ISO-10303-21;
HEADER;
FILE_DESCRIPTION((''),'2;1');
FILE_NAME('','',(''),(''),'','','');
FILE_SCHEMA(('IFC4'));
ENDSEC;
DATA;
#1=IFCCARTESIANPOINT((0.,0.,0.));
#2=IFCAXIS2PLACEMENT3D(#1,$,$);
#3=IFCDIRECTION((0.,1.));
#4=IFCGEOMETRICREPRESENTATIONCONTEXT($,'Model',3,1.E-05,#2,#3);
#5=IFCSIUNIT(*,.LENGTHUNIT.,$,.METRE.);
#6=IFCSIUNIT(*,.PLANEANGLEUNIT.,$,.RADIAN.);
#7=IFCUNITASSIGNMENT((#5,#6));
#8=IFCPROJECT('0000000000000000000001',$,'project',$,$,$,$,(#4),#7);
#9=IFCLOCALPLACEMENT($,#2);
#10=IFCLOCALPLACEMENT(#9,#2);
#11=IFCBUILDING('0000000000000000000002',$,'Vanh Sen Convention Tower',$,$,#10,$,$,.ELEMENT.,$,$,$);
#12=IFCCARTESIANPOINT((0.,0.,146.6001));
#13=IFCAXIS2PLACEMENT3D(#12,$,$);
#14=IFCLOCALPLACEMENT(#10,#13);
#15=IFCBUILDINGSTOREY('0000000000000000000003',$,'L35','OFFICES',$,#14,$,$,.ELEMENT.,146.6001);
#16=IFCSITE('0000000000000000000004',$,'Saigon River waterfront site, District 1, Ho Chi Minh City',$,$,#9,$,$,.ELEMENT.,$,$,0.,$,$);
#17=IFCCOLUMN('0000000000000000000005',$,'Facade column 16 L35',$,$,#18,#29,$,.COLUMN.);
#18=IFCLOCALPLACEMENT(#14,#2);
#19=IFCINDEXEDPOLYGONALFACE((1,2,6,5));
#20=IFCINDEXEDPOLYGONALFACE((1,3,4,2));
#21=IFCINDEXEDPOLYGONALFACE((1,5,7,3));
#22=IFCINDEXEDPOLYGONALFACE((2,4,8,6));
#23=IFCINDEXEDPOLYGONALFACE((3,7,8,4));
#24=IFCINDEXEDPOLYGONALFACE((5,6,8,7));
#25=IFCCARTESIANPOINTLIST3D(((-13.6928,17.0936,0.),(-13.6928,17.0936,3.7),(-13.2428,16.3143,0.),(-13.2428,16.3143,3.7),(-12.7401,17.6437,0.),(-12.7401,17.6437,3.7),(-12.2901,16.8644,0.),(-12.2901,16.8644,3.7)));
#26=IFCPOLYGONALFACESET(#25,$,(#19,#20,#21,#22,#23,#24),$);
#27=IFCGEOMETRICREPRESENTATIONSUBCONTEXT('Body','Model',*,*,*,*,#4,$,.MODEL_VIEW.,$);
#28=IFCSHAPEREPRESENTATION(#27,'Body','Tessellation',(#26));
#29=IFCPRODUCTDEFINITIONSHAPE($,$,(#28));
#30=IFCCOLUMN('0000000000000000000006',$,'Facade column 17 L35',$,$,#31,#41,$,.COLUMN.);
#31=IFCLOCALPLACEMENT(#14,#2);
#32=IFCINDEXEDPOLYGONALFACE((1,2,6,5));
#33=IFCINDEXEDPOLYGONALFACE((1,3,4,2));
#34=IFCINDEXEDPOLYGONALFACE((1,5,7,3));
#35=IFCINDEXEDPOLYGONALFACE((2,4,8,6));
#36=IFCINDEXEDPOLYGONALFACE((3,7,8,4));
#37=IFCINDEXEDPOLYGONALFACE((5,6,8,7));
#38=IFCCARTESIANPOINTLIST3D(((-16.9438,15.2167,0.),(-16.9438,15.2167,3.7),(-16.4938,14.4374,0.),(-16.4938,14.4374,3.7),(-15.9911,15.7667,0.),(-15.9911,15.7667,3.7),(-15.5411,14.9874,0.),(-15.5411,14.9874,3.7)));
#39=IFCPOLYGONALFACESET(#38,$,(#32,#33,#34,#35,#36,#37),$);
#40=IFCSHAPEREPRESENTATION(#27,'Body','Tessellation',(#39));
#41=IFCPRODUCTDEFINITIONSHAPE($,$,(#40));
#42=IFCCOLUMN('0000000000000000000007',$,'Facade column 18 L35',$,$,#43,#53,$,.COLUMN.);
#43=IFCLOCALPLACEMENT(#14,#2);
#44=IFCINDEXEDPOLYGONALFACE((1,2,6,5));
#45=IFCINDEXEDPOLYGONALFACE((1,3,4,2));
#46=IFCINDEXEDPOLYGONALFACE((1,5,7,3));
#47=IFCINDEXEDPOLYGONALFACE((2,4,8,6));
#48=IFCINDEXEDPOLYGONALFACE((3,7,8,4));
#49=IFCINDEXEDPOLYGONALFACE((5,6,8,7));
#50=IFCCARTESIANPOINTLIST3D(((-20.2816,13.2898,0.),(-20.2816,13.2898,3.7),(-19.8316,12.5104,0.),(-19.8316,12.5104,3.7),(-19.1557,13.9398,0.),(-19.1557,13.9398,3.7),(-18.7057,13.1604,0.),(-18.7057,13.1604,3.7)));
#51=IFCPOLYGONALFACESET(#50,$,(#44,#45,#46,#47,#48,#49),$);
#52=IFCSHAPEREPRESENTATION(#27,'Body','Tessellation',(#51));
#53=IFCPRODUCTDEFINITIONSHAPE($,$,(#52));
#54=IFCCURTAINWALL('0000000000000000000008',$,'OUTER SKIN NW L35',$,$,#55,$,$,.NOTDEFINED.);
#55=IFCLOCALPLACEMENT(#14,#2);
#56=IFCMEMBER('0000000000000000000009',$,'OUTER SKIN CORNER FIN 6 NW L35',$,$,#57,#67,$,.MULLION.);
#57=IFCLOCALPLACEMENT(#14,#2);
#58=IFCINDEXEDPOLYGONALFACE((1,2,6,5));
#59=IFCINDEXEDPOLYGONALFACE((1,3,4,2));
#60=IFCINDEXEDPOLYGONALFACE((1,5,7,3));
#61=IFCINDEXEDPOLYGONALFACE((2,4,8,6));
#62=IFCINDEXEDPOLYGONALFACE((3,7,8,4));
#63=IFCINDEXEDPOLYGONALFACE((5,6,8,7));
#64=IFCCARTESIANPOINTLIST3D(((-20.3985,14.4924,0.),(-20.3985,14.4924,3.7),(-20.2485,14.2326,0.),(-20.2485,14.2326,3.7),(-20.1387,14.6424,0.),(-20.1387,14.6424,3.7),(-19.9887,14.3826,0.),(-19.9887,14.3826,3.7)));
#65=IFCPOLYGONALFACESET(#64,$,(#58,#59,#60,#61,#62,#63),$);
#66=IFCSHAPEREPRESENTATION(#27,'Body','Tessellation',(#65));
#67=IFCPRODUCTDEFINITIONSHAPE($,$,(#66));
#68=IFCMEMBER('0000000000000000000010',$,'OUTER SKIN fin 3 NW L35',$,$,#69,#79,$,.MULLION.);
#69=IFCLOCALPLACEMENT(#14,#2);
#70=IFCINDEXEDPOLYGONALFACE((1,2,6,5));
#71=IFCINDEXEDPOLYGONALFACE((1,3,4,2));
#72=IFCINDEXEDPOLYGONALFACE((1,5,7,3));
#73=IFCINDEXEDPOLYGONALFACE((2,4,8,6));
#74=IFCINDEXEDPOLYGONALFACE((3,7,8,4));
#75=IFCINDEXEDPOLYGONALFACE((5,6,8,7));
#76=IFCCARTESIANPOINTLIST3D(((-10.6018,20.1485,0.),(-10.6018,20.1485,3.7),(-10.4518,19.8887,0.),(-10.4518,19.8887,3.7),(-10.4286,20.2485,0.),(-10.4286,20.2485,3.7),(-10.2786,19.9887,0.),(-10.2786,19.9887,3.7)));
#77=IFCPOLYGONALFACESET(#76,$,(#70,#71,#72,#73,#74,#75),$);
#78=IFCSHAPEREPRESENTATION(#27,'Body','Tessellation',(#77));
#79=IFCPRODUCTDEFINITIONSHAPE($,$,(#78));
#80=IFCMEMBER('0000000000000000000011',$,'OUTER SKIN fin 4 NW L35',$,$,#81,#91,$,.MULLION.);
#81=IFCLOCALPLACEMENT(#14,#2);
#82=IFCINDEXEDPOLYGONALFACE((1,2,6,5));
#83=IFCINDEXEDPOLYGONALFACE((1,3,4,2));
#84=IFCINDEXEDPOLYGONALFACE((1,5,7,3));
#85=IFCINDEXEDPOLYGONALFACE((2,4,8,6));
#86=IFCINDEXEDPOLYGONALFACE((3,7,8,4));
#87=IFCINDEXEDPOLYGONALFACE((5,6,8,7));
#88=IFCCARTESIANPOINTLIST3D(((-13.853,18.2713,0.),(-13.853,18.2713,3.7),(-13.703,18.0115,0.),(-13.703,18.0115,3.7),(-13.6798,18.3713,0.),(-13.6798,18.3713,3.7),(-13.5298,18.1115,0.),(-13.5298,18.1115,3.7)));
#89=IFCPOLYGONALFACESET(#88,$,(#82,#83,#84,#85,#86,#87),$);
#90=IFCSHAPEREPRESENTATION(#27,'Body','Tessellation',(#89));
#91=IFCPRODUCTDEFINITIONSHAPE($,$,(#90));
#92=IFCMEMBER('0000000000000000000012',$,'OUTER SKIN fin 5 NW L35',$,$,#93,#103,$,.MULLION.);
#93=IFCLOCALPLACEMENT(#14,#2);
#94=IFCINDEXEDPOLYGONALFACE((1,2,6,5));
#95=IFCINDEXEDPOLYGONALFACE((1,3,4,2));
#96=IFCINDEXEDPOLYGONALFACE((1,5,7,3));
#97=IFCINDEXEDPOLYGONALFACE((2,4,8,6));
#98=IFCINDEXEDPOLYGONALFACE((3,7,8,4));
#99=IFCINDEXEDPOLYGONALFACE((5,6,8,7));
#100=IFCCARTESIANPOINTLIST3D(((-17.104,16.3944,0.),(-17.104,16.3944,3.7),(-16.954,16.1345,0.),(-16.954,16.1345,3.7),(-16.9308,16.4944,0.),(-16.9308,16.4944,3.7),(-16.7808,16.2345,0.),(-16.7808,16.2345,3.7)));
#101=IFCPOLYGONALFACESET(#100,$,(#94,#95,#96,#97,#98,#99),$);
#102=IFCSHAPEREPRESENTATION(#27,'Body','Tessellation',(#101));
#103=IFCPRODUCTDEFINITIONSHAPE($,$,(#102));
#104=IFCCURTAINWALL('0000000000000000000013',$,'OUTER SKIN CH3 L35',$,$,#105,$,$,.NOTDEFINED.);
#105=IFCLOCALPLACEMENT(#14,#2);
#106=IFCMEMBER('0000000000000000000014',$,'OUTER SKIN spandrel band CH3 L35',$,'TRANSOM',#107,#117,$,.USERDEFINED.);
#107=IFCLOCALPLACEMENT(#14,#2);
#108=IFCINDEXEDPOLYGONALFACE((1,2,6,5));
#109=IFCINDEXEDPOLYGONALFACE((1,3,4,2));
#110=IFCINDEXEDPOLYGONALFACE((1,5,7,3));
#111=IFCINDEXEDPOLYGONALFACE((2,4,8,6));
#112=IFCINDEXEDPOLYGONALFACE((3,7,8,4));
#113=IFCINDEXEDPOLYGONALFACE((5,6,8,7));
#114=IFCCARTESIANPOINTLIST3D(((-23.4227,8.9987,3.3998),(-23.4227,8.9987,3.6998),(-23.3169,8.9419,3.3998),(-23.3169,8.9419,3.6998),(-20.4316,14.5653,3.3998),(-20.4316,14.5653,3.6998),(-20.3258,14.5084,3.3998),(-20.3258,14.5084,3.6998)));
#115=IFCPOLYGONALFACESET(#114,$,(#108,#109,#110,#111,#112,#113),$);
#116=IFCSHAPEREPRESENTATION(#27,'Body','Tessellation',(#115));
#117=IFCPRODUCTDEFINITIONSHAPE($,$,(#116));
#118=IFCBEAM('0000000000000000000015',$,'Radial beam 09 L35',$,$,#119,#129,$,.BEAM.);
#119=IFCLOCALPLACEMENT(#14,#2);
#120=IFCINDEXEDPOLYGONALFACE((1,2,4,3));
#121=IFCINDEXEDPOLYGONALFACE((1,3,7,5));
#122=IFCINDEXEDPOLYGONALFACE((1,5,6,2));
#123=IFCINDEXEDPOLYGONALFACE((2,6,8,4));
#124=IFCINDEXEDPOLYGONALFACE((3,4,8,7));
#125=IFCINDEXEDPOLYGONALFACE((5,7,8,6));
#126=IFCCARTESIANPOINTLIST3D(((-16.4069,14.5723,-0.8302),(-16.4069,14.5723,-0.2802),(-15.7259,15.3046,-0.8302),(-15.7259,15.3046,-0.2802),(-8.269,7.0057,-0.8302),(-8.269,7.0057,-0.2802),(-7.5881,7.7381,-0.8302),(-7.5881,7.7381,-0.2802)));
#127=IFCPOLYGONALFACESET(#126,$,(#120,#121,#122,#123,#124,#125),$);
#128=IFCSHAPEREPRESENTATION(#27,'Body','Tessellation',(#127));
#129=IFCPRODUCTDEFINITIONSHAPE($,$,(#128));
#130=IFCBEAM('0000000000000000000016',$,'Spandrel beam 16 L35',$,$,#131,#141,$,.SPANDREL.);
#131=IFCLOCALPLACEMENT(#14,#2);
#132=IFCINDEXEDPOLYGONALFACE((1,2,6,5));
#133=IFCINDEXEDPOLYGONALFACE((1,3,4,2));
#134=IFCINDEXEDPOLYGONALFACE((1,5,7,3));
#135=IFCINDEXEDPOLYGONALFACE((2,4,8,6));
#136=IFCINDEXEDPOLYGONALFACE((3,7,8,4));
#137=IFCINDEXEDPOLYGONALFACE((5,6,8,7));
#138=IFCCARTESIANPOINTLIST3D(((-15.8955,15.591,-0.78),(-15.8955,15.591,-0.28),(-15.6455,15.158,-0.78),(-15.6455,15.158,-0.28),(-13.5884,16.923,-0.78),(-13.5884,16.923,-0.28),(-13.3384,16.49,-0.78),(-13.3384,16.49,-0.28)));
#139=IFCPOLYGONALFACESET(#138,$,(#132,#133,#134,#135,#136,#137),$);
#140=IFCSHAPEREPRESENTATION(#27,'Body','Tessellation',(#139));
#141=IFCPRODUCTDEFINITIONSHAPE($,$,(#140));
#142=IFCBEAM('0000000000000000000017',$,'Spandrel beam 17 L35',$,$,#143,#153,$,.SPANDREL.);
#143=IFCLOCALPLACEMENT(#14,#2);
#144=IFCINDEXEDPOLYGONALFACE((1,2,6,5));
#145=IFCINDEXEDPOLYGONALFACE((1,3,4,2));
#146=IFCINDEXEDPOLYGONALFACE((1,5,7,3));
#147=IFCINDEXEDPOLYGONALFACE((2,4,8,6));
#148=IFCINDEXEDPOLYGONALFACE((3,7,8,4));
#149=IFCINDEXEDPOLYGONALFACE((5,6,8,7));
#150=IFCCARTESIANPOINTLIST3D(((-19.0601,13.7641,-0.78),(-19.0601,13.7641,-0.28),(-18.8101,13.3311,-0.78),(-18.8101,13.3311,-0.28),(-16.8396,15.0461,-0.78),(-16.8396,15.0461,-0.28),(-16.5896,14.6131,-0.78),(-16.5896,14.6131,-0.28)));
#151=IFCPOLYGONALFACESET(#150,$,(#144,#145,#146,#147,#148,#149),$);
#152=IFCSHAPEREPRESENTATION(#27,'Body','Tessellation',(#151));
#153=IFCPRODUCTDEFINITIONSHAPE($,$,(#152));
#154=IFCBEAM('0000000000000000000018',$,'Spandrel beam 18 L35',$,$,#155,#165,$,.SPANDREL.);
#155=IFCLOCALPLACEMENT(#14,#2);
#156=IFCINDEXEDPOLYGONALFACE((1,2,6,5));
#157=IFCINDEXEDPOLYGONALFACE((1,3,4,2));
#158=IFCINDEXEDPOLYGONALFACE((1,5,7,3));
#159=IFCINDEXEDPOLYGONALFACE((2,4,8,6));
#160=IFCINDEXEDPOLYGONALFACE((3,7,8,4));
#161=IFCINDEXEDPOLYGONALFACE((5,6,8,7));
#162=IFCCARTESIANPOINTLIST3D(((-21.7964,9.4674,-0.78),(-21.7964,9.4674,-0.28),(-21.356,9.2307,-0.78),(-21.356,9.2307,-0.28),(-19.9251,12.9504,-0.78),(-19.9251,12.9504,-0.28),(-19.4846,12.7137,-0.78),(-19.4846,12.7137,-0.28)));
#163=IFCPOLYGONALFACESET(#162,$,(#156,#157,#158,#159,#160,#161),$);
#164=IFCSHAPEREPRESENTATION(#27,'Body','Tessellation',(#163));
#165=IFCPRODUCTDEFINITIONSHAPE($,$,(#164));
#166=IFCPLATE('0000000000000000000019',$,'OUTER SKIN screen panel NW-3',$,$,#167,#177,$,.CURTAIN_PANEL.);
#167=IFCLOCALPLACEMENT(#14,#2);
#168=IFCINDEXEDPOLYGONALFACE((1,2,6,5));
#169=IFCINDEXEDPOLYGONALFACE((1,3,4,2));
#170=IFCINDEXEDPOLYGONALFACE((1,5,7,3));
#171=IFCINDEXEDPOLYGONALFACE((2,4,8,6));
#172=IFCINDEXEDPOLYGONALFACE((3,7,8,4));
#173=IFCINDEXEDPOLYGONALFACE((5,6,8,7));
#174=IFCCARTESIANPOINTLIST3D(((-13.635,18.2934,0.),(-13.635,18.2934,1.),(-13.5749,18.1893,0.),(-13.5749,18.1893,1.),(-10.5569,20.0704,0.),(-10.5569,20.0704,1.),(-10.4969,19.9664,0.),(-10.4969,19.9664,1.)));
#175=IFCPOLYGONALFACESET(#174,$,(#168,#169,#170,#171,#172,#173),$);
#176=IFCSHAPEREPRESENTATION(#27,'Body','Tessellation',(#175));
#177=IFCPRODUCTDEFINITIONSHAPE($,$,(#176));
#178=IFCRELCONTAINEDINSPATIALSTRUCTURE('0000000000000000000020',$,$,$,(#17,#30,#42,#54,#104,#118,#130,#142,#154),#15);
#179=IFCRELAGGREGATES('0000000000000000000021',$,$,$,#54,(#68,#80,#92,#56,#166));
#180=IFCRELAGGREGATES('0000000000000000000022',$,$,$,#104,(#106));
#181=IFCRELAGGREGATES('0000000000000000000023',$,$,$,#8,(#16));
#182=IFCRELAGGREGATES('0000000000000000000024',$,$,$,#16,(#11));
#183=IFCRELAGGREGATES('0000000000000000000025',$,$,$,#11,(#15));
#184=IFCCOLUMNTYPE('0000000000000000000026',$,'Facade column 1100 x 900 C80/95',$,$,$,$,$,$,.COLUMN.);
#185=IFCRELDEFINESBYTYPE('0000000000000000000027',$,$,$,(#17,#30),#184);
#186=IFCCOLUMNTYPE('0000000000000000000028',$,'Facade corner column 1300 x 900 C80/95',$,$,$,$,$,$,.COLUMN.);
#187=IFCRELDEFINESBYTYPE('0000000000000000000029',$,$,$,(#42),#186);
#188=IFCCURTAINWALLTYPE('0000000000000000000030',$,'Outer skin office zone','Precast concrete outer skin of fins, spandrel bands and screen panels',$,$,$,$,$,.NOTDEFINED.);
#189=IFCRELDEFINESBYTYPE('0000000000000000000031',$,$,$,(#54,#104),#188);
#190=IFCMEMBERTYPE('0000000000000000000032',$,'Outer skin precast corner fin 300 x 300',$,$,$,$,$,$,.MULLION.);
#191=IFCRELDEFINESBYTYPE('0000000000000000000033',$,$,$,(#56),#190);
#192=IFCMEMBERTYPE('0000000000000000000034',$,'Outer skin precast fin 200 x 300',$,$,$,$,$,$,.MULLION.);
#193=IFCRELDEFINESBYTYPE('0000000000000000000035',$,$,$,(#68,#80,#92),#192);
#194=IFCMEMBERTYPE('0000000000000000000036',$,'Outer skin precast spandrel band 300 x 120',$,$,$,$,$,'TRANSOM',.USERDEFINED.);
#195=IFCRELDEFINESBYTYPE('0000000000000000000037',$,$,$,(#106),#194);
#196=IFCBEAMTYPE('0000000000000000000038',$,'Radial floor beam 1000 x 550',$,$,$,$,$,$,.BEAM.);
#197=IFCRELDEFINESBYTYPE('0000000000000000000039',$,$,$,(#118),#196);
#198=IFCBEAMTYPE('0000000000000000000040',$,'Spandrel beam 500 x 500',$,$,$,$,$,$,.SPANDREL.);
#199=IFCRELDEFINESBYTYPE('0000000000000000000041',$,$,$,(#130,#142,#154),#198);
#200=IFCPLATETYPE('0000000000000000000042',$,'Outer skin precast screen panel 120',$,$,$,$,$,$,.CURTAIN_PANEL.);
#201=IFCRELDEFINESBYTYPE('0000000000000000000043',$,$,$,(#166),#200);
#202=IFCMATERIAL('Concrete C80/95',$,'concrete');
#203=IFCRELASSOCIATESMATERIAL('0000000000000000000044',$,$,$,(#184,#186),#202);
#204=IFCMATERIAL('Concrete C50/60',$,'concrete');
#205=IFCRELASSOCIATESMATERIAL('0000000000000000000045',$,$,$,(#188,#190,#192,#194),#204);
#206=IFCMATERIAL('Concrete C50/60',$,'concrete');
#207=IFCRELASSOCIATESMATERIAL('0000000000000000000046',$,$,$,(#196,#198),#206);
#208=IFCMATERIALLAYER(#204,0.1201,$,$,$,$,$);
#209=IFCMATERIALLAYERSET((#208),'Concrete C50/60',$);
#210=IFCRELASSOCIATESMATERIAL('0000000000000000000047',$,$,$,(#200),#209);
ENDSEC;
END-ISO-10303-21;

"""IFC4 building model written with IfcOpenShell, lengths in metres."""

from ifc_helpers import new_model, si_unit, direction, frame, origin, origin_2d, place, context, subcontext, project, spatial, rectangle, extrude, material, layer, layer_set, material_profile, profile_set, type_object, element, aggregate, save


model = new_model("IFC4")

# Units and contexts
model_context = context("Model", 3, precision=1e-05, world=origin(), true_north=direction((0.0, 1.0)))
body_context = subcontext(model_context, "Body", "Model", "MODEL_VIEW")
ifc_project = project(units=[si_unit("LENGTHUNIT", "METRE"), si_unit("PLANEANGLEUNIT", "RADIAN")], contexts=[model_context])

# Site, building, storey
site_placement = place(None, origin())
site = spatial("IfcSite", under=ifc_project, at=site_placement, Name="Saigon River waterfront site, District 1, Ho Chi Minh City", CompositionType="ELEMENT", RefElevation=0.0)
building_placement = place(site_placement, origin())
building = spatial("IfcBuilding", under=site, at=building_placement, Name="Vanh Sen Convention Tower", CompositionType="ELEMENT")
storey_placement = place(building_placement, frame((0.0, 0.0, 146.6001)))
storey = spatial("IfcBuildingStorey", under=building, at=storey_placement, Name="L35", Description="OFFICES", CompositionType="ELEMENT", Elevation=146.6001)

# Columns
ifc_material_1 = material(Name="Concrete C80/95", Category="concrete")
ifc_material_profile_1 = material_profile(ifc_material_1, rectangle(XDim=1.1001, YDim=0.8999, at=origin_2d()), Name="RC 1100X900")
ifc_profile_set_1 = profile_set([ifc_material_profile_1], Name="Concrete C80/95")
column_type_1 = type_object("IfcColumnType", Name="Facade column 1100 x 900 C80/95", PredefinedType="COLUMN", material=ifc_profile_set_1)
for number, where, z_axis, x_axis, name in (
    (1, (-12.9915, 16.979, 0.0), (0.0, 0.0, 1.0), (-0.866025, -0.5, 0.0), "Facade column 16 L35"),
    (2, (-16.2424, 15.1021, 0.0), (0.0, 0.0, 1.0), (-0.866025, -0.5, 0.0), "Facade column 17 L35"),
):
    element("IfcColumn", number, at=place(storey_placement, frame(where, z_axis=z_axis, x_axis=x_axis)), inside=storey, type_object=column_type_1, Name=name, PredefinedType="COLUMN", context=body_context, shape_type="SweptSolid", body=[
        extrude(rectangle(XDim=1.1001, YDim=0.8999, at=origin_2d()), origin(), (0.0, 0.0, 1.0), 3.7),
    ])
ifc_material_profile_2 = material_profile(ifc_material_1, rectangle(XDim=1.3, YDim=0.8999, at=origin_2d()), Name="RC 1300X900")
ifc_profile_set_2 = profile_set([ifc_material_profile_2], Name="Concrete C80/95")
column_type_2 = type_object("IfcColumnType", Name="Facade corner column 1300 x 900 C80/95", PredefinedType="COLUMN", material=ifc_profile_set_2)
column_placement = place(storey_placement, frame((-19.4937, 13.2251, 0.0), z_axis=(0.0, 0.0, 1.0), x_axis=(-0.866025, -0.5, 0.0)))
element("IfcColumn", 3, at=column_placement, inside=storey, type_object=column_type_2, Name="Facade column 18 L35", PredefinedType="COLUMN", context=body_context, shape_type="SweptSolid", body=[
    extrude(rectangle(XDim=1.3, YDim=0.8999, at=origin_2d()), origin(), (0.0, 0.0, 1.0), 3.7),
])

# Curtain wall, members
ifc_material_2 = material(Name="Concrete C50/60", Category="concrete")
curtain_wall_type = type_object("IfcCurtainWallType", Name="Outer skin office zone", Description="Precast concrete outer skin of fins, spandrel bands and screen panels", PredefinedType="NOTDEFINED", material=ifc_material_2)
curtain_wall_1_placement = place(storey_placement, origin())
curtain_wall_1 = element("IfcCurtainWall", 4, at=curtain_wall_1_placement, inside=storey, type_object=curtain_wall_type, Name="OUTER SKIN NW L35", PredefinedType="NOTDEFINED")
ifc_material_profile_3 = material_profile(ifc_material_2, rectangle(XDim=0.3, YDim=0.3, at=origin_2d()), Name="Outer skin precast corner fin 300 x 300")
ifc_profile_set_3 = profile_set([ifc_material_profile_3], Name="Concrete C50/60")
member_type_1 = type_object("IfcMemberType", Name="Outer skin precast corner fin 300 x 300", PredefinedType="MULLION", material=ifc_profile_set_3)
member_1_placement = place(storey_placement, frame((-20.1936, 14.4375, 0.0), z_axis=(0.0, 0.0, 1.0), x_axis=(-0.866025, -0.5, 0.0)))
member_1 = element("IfcMember", 5, at=member_1_placement, type_object=member_type_1, Name="OUTER SKIN CORNER FIN 6 NW L35", PredefinedType="MULLION", context=body_context, shape_type="SweptSolid", body=[
    extrude(rectangle(XDim=0.3, YDim=0.3, at=origin_2d()), origin(), (0.0, 0.0, 1.0), 3.7),
])
ifc_material_profile_4 = material_profile(ifc_material_2, rectangle(XDim=0.2, YDim=0.3, at=origin_2d()), Name="Outer skin precast fin 200 x 300")
ifc_profile_set_4 = profile_set([ifc_material_profile_4], Name="Concrete C50/60")
member_type_2 = type_object("IfcMemberType", Name="Outer skin precast fin 200 x 300", PredefinedType="MULLION", material=ifc_profile_set_4)
member_2_placement = place(storey_placement, frame((-10.4402, 20.0686, 0.0), z_axis=(0.0, 0.0, 1.0), x_axis=(-0.866025, -0.5, 0.0)))
member_2 = element("IfcMember", 6, at=member_2_placement, type_object=member_type_2, Name="OUTER SKIN fin 3 NW L35", PredefinedType="MULLION", context=body_context, shape_type="SweptSolid", body=[
    extrude(rectangle(XDim=0.2, YDim=0.3, at=origin_2d()), origin(), (0.0, 0.0, 1.0), 3.7),
])
member_3_placement = place(storey_placement, frame((-13.6914, 18.1914, 0.0), z_axis=(0.0, 0.0, 1.0), x_axis=(-0.866025, -0.5, 0.0)))
member_3 = element("IfcMember", 7, at=member_3_placement, type_object=member_type_2, Name="OUTER SKIN fin 4 NW L35", PredefinedType="MULLION", context=body_context, shape_type="SweptSolid", body=[
    extrude(rectangle(XDim=0.2, YDim=0.3, at=origin_2d()), origin(), (0.0, 0.0, 1.0), 3.7),
])
member_4_placement = place(storey_placement, frame((-16.9424, 16.3145, 0.0), z_axis=(0.0, 0.0, 1.0), x_axis=(-0.866025, -0.5, 0.0)))
member_4 = element("IfcMember", 8, at=member_4_placement, type_object=member_type_2, Name="OUTER SKIN fin 5 NW L35", PredefinedType="MULLION", context=body_context, shape_type="SweptSolid", body=[
    extrude(rectangle(XDim=0.2, YDim=0.3, at=origin_2d()), origin(), (0.0, 0.0, 1.0), 3.7),
])

# Curtain wall, member
curtain_wall_2_placement = place(storey_placement, origin())
curtain_wall_2 = element("IfcCurtainWall", 9, at=curtain_wall_2_placement, inside=storey, type_object=curtain_wall_type, Name="OUTER SKIN CH3 L35", PredefinedType="NOTDEFINED")
ifc_material_profile_5 = material_profile(ifc_material_2, rectangle(XDim=0.1201, YDim=0.3, at=origin_2d()), Name="Outer skin precast spandrel band 300 x 120")
ifc_profile_set_5 = profile_set([ifc_material_profile_5], Name="Concrete C50/60")
member_type_3 = type_object("IfcMemberType", Name="Outer skin precast spandrel band 300 x 120", ElementType="TRANSOM", PredefinedType="USERDEFINED", material=ifc_profile_set_5)
member_5_placement = place(storey_placement, frame((-20.3787, 14.5369, 3.5498), z_axis=(-0.473337, -0.880881, 0.0), x_axis=(0.880881, -0.473337, 0.0)))
member_5 = element("IfcMember", 10, at=member_5_placement, type_object=member_type_3, Name="OUTER SKIN spandrel band CH3 L35", ObjectType="TRANSOM", PredefinedType="USERDEFINED", context=body_context, shape_type="SweptSolid", body=[
    extrude(rectangle(XDim=0.1201, YDim=0.3, at=origin_2d()), origin(), (0.0, 0.0, 1.0), 6.3193),
])

# Beams
ifc_material_3 = material(Name="Concrete C50/60", Category="concrete")
ifc_material_profile_6 = material_profile(ifc_material_3, rectangle(XDim=1.0, YDim=0.55, at=origin_2d()), Name="RC 1000X550")
ifc_profile_set_6 = profile_set([ifc_material_profile_6], Name="Concrete C50/60")
beam_type_1 = type_object("IfcBeamType", Name="Radial floor beam 1000 x 550", PredefinedType="BEAM", material=ifc_profile_set_6)
beam_1_placement = place(storey_placement, frame((-16.0664, 14.9385, -0.5552), z_axis=(0.732345, -0.680934, 0.0), x_axis=(0.680934, 0.732345, 0.0)))
element("IfcBeam", 11, at=beam_1_placement, inside=storey, type_object=beam_type_1, Name="Radial beam 09 L35", PredefinedType="BEAM", context=body_context, shape_type="SweptSolid", body=[
    extrude(rectangle(XDim=1.0, YDim=0.55, at=origin_2d()), origin(), (0.0, 0.0, 1.0), 11.1121),
])
ifc_material_profile_7 = material_profile(ifc_material_3, rectangle(XDim=0.5, YDim=0.5, at=origin_2d()), Name="RC 500X500")
ifc_profile_set_7 = profile_set([ifc_material_profile_7], Name="Concrete C50/60")
beam_type_2 = type_object("IfcBeamType", Name="Spandrel beam 500 x 500", PredefinedType="SPANDREL", material=ifc_profile_set_7)
beam_2_placement = place(storey_placement, frame((-13.4634, 16.7065, -0.53), z_axis=(-0.866024, -0.500003, 0.0), x_axis=(0.500003, -0.866024, 0.0)))
element("IfcBeam", 12, at=beam_2_placement, inside=storey, type_object=beam_type_2, Name="Spandrel beam 16 L35", PredefinedType="SPANDREL", context=body_context, shape_type="SweptSolid", body=[
    extrude(rectangle(XDim=0.5, YDim=0.5, at=origin_2d()), origin(), (0.0, 0.0, 1.0), 2.6641),
])
beam_3_placement = place(storey_placement, frame((-16.7146, 14.8296, -0.53), z_axis=(-0.866025, -0.5, 0.0), x_axis=(0.5, -0.866025, 0.0)))
element("IfcBeam", 13, at=beam_3_placement, inside=storey, type_object=beam_type_2, Name="Spandrel beam 17 L35", PredefinedType="SPANDREL", context=body_context, shape_type="SweptSolid", body=[
    extrude(rectangle(XDim=0.5, YDim=0.5, at=origin_2d()), origin(), (0.0, 0.0, 1.0), 2.564),
])
beam_4_placement = place(storey_placement, frame((-19.7048, 12.832, -0.53), z_axis=(-0.473301, -0.880901, 0.0), x_axis=(0.880901, -0.473301, 0.0)))
element("IfcBeam", 14, at=beam_4_placement, inside=storey, type_object=beam_type_2, Name="Spandrel beam 18 L35", PredefinedType="SPANDREL", context=body_context, shape_type="SweptSolid", body=[
    extrude(rectangle(XDim=0.5, YDim=0.5, at=origin_2d()), origin(), (0.0, 0.0, 1.0), 3.9539),
])

# Plate
ifc_layer_1 = layer(ifc_material_2, 0.1201)
ifc_layer_set_1 = layer_set([ifc_layer_1], Name="Concrete C50/60")
plate_type = type_object("IfcPlateType", Name="Outer skin precast screen panel 120", PredefinedType="CURTAIN_PANEL", material=ifc_layer_set_1)
plate_1_placement = place(storey_placement, frame((-12.0659, 19.1299, 0.0), z_axis=(0.0, 0.0, 1.0), x_axis=(-0.866035, -0.499983, 0.0)))
plate_1 = element("IfcPlate", 15, at=plate_1_placement, type_object=plate_type, Name="OUTER SKIN screen panel NW-3", PredefinedType="CURTAIN_PANEL", context=body_context, shape_type="SweptSolid", body=[
    extrude(rectangle(XDim=3.5542, YDim=0.1201, at=origin_2d()), origin(), (0.0, 0.0, 1.0), 1.0),
])
aggregate(curtain_wall_1, [member_2, member_3, member_4, member_1, plate_1])
aggregate(curtain_wall_2, [member_5])

save(model, "model.ifc")
